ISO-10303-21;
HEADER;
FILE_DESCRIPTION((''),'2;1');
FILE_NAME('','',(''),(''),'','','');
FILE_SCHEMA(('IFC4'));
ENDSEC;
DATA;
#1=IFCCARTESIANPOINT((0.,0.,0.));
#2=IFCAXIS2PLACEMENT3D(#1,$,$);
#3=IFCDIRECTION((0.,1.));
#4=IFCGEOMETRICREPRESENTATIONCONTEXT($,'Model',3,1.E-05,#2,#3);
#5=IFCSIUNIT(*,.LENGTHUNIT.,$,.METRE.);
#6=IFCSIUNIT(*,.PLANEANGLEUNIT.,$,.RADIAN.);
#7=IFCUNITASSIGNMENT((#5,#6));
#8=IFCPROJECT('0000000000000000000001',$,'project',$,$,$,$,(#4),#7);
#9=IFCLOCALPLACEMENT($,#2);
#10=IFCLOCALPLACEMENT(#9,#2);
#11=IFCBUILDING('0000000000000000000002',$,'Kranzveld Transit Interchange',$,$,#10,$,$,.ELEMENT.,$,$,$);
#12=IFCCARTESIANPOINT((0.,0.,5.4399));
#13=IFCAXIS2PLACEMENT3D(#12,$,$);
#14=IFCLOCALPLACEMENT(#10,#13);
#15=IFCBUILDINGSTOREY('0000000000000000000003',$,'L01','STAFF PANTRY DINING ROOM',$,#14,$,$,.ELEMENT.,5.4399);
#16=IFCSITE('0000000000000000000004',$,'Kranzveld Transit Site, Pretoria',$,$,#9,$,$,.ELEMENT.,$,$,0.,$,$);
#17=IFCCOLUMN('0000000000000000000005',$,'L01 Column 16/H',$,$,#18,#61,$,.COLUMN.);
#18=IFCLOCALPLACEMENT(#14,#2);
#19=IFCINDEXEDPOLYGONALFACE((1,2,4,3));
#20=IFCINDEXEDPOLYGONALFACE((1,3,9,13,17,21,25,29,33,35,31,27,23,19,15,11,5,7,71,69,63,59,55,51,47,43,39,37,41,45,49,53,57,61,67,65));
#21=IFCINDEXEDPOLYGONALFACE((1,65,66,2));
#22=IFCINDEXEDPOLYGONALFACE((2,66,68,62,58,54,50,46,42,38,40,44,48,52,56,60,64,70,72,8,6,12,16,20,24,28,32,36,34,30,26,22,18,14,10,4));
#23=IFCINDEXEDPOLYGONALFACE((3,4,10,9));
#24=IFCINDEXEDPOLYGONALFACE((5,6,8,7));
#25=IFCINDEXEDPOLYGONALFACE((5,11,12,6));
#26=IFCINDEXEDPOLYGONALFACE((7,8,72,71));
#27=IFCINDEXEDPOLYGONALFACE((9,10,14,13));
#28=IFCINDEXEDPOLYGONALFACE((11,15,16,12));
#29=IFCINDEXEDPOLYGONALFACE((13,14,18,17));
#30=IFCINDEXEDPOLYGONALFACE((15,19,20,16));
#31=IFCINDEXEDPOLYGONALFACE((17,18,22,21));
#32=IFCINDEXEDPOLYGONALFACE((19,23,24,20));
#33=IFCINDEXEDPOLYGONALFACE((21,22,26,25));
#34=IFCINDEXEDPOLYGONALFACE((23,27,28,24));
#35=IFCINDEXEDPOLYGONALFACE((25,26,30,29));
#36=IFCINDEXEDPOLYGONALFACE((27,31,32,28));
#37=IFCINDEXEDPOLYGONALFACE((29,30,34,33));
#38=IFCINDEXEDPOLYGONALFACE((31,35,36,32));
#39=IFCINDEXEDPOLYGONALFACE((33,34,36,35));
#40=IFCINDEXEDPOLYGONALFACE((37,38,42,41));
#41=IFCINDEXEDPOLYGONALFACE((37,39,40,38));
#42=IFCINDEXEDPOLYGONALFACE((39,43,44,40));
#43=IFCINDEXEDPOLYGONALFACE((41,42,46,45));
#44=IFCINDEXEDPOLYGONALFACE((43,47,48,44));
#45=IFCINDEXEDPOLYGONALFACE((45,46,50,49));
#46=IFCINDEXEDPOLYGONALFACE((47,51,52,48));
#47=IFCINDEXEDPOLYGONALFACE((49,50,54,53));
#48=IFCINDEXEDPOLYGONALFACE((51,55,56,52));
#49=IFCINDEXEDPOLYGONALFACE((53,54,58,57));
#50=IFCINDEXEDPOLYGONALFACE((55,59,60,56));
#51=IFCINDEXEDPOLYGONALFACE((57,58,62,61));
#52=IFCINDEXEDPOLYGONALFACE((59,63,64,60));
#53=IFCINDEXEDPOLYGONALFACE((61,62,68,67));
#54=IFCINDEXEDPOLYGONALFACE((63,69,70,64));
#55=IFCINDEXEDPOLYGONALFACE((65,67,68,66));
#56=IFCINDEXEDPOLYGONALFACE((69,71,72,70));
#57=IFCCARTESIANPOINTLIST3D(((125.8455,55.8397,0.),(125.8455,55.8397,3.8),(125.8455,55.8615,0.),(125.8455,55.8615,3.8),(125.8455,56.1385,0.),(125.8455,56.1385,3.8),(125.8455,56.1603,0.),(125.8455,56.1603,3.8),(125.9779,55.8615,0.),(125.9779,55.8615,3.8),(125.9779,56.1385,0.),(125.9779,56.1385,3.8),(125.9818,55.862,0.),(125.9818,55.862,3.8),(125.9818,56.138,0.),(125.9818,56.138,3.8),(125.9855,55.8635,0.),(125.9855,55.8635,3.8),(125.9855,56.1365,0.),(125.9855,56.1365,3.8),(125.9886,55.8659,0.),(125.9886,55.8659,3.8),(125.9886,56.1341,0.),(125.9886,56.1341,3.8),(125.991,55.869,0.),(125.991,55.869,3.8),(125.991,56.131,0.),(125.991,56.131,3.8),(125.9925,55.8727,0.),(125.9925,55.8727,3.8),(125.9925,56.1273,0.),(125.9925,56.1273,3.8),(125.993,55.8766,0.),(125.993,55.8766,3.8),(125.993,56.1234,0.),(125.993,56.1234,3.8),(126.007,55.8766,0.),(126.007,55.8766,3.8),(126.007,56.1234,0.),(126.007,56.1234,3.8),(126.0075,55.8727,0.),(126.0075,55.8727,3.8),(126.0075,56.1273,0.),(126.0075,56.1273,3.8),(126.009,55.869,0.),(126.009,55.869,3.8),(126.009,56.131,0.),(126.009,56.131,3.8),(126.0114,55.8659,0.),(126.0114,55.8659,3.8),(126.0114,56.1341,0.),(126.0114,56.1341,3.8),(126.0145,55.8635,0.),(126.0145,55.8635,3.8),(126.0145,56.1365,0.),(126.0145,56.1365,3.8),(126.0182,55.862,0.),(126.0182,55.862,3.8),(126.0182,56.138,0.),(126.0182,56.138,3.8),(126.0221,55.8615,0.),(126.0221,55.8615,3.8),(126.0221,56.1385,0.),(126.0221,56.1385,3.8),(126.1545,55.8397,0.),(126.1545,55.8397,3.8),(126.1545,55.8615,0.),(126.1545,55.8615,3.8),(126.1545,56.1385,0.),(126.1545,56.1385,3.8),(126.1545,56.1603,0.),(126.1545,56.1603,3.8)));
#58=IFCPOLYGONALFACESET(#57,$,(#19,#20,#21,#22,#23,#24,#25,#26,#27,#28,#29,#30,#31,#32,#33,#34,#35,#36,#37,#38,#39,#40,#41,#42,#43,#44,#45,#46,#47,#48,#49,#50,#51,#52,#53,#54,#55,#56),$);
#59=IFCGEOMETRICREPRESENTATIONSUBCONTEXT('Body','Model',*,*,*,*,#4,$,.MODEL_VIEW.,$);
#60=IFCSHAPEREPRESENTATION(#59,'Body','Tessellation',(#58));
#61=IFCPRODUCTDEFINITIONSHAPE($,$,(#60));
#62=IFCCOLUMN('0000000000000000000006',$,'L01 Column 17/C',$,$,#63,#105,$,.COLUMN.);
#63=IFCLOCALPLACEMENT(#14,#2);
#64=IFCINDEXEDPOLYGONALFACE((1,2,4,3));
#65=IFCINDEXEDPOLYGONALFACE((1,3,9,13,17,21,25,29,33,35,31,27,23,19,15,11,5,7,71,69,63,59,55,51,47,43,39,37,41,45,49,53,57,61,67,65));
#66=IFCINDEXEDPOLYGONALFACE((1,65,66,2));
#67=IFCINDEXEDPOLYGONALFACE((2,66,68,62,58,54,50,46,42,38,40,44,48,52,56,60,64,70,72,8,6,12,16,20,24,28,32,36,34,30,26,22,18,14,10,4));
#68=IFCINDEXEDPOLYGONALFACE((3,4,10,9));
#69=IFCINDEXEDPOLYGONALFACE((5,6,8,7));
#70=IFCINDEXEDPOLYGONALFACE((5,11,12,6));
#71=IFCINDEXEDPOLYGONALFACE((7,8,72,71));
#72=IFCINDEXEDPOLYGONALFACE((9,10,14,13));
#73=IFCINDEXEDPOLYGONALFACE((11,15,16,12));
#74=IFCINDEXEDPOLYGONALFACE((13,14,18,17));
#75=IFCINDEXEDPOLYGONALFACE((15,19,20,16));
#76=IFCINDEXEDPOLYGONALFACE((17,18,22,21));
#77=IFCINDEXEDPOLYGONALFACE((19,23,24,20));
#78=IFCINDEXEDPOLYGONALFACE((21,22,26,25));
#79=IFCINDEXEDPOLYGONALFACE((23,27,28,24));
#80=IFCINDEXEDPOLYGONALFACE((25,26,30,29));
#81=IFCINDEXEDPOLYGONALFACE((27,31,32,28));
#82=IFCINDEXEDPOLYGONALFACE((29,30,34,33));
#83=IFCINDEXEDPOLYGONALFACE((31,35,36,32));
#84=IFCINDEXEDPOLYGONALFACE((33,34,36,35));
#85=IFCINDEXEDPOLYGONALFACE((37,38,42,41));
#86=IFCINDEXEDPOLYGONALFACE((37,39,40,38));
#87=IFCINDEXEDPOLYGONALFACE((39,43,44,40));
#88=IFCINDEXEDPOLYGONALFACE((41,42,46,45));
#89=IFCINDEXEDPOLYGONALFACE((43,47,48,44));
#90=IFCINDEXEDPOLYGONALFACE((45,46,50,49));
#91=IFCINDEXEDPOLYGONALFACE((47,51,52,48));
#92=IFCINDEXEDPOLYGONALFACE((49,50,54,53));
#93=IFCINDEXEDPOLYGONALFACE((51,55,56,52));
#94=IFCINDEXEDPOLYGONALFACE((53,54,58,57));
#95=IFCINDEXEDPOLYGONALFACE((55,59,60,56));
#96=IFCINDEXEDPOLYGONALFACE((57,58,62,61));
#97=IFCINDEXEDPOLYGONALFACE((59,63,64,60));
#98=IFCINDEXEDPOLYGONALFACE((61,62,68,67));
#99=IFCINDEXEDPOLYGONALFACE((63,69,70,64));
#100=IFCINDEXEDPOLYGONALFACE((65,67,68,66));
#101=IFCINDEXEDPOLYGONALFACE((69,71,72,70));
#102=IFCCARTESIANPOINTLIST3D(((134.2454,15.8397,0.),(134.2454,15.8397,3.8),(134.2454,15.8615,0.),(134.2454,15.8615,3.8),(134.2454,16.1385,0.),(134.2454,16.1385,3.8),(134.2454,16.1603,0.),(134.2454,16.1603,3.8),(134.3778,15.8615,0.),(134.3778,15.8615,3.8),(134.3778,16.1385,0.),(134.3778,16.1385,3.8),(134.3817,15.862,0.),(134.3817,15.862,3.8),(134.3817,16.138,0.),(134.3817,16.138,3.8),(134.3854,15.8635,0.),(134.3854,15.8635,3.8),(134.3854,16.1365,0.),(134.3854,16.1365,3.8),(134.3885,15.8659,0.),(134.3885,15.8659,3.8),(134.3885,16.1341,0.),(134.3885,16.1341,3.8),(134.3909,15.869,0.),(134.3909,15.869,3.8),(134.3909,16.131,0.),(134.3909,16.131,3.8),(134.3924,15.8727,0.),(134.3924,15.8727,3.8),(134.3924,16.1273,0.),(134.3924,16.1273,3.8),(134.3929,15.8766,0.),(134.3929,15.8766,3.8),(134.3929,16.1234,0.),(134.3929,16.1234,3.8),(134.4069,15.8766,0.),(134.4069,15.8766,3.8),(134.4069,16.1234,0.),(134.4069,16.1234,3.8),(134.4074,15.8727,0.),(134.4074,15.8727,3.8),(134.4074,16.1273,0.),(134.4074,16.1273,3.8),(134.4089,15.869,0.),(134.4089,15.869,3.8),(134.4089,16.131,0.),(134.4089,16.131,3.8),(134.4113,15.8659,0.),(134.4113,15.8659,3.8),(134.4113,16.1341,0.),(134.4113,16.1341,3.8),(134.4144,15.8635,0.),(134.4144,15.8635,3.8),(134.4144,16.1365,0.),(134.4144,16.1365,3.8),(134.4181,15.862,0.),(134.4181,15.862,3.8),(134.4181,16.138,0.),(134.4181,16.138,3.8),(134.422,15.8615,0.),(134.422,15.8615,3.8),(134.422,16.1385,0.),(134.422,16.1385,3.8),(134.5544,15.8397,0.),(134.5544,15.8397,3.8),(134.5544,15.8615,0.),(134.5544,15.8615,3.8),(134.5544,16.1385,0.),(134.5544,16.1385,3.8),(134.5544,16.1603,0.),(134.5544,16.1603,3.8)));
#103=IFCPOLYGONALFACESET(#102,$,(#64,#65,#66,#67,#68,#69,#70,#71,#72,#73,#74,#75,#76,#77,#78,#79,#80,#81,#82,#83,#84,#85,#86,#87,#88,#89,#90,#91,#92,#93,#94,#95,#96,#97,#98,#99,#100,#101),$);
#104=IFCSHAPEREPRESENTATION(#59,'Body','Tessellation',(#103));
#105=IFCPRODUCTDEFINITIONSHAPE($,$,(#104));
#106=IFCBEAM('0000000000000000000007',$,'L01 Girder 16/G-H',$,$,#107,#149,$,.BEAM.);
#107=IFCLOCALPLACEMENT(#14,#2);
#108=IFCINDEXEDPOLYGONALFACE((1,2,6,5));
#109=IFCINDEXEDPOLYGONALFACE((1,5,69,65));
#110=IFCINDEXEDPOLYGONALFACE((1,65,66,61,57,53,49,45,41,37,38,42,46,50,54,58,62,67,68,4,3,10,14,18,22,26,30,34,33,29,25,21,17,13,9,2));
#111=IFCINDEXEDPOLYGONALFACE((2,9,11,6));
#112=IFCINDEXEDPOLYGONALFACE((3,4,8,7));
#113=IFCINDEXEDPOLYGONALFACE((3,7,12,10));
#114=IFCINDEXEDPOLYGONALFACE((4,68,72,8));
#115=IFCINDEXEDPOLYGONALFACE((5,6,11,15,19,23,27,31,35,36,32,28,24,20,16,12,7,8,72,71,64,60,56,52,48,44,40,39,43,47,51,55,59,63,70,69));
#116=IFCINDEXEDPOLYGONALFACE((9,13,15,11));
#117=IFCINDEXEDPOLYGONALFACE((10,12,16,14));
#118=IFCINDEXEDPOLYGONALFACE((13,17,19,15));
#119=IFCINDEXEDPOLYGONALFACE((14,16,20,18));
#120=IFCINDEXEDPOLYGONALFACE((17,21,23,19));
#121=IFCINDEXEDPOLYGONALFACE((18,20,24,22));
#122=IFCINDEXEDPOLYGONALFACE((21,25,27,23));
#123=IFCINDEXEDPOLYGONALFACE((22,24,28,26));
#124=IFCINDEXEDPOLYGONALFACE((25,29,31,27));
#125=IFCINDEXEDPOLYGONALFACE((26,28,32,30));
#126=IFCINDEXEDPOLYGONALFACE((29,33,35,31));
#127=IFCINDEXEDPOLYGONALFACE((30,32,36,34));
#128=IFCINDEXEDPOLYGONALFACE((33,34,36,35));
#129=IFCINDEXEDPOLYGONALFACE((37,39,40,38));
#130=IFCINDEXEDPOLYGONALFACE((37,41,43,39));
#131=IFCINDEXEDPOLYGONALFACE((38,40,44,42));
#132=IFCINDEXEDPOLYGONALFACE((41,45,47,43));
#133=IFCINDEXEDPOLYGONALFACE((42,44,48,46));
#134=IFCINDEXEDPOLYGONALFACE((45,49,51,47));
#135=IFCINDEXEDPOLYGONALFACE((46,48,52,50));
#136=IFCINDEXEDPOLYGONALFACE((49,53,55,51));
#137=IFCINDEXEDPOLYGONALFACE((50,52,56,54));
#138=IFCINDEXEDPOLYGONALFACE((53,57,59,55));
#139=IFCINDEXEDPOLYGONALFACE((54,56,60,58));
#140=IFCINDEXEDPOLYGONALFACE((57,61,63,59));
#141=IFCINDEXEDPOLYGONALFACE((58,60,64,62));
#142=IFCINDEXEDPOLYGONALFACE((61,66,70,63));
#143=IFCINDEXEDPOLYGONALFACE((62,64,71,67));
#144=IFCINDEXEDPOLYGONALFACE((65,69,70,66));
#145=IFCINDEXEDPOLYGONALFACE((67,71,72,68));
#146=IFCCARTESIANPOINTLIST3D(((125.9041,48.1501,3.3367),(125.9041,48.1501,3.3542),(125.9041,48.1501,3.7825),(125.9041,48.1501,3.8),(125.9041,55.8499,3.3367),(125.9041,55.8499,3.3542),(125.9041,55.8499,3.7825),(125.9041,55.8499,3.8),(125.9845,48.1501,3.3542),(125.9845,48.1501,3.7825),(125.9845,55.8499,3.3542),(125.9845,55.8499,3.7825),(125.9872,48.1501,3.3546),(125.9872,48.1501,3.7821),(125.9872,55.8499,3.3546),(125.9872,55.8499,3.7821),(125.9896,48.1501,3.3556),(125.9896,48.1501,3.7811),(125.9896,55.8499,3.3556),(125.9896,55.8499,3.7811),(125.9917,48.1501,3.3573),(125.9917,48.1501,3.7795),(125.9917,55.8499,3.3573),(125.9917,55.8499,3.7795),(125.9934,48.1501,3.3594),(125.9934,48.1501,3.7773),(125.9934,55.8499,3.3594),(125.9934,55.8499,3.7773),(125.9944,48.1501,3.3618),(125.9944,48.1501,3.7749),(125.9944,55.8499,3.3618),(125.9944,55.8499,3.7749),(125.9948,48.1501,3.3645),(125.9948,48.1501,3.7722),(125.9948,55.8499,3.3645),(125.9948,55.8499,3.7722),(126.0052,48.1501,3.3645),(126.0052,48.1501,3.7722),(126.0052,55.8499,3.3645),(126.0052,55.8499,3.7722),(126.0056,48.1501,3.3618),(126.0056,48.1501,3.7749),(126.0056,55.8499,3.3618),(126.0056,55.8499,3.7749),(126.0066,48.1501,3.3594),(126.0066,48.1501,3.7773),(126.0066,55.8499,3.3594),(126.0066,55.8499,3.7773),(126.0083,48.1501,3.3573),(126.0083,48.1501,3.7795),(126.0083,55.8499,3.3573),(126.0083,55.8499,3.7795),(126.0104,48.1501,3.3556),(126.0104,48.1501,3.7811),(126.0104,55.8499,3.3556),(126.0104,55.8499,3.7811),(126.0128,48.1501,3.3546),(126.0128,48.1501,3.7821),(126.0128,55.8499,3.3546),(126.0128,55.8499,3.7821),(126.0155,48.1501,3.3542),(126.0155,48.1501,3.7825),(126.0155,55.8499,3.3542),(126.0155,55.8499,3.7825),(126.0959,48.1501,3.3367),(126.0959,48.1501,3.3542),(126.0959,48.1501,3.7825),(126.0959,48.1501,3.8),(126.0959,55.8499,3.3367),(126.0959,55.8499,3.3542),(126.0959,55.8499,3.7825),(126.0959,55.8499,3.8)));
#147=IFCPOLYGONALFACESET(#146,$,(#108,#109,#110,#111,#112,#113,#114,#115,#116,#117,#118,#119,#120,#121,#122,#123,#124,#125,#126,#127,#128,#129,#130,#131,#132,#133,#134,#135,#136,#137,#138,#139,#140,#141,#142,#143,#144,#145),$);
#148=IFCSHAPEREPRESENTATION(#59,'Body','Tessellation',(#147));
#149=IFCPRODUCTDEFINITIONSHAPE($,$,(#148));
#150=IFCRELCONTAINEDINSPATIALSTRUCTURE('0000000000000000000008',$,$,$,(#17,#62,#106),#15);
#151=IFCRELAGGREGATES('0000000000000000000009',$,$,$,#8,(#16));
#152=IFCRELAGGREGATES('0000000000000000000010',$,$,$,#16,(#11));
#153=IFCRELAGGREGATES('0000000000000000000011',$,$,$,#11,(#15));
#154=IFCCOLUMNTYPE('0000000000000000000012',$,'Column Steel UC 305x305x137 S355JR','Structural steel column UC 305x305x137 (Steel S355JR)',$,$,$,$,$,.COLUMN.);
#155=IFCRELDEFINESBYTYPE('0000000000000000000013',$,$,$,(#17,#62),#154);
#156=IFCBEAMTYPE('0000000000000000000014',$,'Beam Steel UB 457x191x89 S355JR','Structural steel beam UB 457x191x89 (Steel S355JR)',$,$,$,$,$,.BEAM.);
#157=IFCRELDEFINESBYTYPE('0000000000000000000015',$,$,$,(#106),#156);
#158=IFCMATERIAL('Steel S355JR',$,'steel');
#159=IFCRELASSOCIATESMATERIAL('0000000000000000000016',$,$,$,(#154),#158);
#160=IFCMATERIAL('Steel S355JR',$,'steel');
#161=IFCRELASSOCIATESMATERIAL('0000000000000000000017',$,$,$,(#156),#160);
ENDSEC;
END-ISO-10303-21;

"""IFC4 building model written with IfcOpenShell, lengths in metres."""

from ifc_helpers import new_model, si_unit, direction, frame, origin, origin_2d, place, context, subcontext, project, spatial, i_section, extrude, material, material_profile, profile_set, type_object, element, save


model = new_model("IFC4")

# Units and contexts
model_context = context("Model", 3, precision=1e-05, world=origin(), true_north=direction((0.0, 1.0)))
body_context = subcontext(model_context, "Body", "Model", "MODEL_VIEW")
ifc_project = project(units=[si_unit("LENGTHUNIT", "METRE"), si_unit("PLANEANGLEUNIT", "RADIAN")], contexts=[model_context])

# Site, building, storey
site_placement = place(None, origin())
site = spatial("IfcSite", under=ifc_project, at=site_placement, Name="Kranzveld Transit Site, Pretoria", CompositionType="ELEMENT", RefElevation=0.0)
building_placement = place(site_placement, origin())
building = spatial("IfcBuilding", under=site, at=building_placement, Name="Kranzveld Transit Interchange", CompositionType="ELEMENT")
storey_placement = place(building_placement, frame((0.0, 0.0, 5.4399)))
storey = spatial("IfcBuildingStorey", under=building, at=storey_placement, Name="L01", Description="STAFF PANTRY DINING ROOM", CompositionType="ELEMENT", Elevation=5.4399)

# Columns
ifc_material_1 = material(Name="Steel S355JR", Category="steel")
ifc_material_profile_1 = material_profile(ifc_material_1, i_section(OverallWidth=0.3091, OverallDepth=0.3206, WebThickness=0.0139, FlangeThickness=0.0217, FilletRadius=0.0151, at=origin_2d()), Name="UC 305x305x137")
ifc_profile_set_1 = profile_set([ifc_material_profile_1], Name="Steel S355JR")
column_type = type_object("IfcColumnType", Name="Column Steel UC 305x305x137 S355JR", Description="Structural steel column UC 305x305x137 (Steel S355JR)", PredefinedType="COLUMN", material=ifc_profile_set_1)
for number, where, z_axis, x_axis, name in (
    (1, (126.0, 56.0, 0.0), (0.0, 0.0, 1.0), (1.0, 0.0, 0.0), "L01 Column 16/H"),
    (2, (134.3999, 16.0, 0.0), (0.0, 0.0, 1.0), (1.0, 0.0, 0.0), "L01 Column 17/C"),
):
    element("IfcColumn", number, at=place(storey_placement, frame(where, z_axis=z_axis, x_axis=x_axis)), inside=storey, type_object=column_type, Name=name, PredefinedType="COLUMN", context=body_context, shape_type="SweptSolid", body=[
        extrude(i_section(OverallWidth=0.3091, OverallDepth=0.3206, WebThickness=0.0139, FlangeThickness=0.0217, FilletRadius=0.0151, at=origin_2d()), origin(), (0.0, 0.0, 1.0), 3.8),
    ])

# Beam
ifc_material_2 = material(Name="Steel S355JR", Category="steel")
ifc_material_profile_2 = material_profile(ifc_material_2, i_section(OverallWidth=0.1919, OverallDepth=0.4634, WebThickness=0.0105, FlangeThickness=0.0176, FilletRadius=0.0103, at=origin_2d()), Name="UB 457x191x89")
ifc_profile_set_2 = profile_set([ifc_material_profile_2], Name="Steel S355JR")
beam_type_1 = type_object("IfcBeamType", Name="Beam Steel UB 457x191x89 S355JR", Description="Structural steel beam UB 457x191x89 (Steel S355JR)", PredefinedType="BEAM", material=ifc_profile_set_2)
beam_1_placement = place(storey_placement, frame((126.0, 48.1501, 3.5684), z_axis=(0.0, 1.0, 0.0), x_axis=(-1.0, 0.0, 0.0)))
element("IfcBeam", 3, at=beam_1_placement, inside=storey, type_object=beam_type_1, Name="L01 Girder 16/G-H", PredefinedType="BEAM", context=body_context, shape_type="SweptSolid", body=[
    extrude(i_section(OverallWidth=0.1919, OverallDepth=0.4634, WebThickness=0.0105, FlangeThickness=0.0176, FilletRadius=0.0103, at=origin_2d()), origin(), (0.0, 0.0, 1.0), 7.6997),
])

save(model, "model.ifc")
